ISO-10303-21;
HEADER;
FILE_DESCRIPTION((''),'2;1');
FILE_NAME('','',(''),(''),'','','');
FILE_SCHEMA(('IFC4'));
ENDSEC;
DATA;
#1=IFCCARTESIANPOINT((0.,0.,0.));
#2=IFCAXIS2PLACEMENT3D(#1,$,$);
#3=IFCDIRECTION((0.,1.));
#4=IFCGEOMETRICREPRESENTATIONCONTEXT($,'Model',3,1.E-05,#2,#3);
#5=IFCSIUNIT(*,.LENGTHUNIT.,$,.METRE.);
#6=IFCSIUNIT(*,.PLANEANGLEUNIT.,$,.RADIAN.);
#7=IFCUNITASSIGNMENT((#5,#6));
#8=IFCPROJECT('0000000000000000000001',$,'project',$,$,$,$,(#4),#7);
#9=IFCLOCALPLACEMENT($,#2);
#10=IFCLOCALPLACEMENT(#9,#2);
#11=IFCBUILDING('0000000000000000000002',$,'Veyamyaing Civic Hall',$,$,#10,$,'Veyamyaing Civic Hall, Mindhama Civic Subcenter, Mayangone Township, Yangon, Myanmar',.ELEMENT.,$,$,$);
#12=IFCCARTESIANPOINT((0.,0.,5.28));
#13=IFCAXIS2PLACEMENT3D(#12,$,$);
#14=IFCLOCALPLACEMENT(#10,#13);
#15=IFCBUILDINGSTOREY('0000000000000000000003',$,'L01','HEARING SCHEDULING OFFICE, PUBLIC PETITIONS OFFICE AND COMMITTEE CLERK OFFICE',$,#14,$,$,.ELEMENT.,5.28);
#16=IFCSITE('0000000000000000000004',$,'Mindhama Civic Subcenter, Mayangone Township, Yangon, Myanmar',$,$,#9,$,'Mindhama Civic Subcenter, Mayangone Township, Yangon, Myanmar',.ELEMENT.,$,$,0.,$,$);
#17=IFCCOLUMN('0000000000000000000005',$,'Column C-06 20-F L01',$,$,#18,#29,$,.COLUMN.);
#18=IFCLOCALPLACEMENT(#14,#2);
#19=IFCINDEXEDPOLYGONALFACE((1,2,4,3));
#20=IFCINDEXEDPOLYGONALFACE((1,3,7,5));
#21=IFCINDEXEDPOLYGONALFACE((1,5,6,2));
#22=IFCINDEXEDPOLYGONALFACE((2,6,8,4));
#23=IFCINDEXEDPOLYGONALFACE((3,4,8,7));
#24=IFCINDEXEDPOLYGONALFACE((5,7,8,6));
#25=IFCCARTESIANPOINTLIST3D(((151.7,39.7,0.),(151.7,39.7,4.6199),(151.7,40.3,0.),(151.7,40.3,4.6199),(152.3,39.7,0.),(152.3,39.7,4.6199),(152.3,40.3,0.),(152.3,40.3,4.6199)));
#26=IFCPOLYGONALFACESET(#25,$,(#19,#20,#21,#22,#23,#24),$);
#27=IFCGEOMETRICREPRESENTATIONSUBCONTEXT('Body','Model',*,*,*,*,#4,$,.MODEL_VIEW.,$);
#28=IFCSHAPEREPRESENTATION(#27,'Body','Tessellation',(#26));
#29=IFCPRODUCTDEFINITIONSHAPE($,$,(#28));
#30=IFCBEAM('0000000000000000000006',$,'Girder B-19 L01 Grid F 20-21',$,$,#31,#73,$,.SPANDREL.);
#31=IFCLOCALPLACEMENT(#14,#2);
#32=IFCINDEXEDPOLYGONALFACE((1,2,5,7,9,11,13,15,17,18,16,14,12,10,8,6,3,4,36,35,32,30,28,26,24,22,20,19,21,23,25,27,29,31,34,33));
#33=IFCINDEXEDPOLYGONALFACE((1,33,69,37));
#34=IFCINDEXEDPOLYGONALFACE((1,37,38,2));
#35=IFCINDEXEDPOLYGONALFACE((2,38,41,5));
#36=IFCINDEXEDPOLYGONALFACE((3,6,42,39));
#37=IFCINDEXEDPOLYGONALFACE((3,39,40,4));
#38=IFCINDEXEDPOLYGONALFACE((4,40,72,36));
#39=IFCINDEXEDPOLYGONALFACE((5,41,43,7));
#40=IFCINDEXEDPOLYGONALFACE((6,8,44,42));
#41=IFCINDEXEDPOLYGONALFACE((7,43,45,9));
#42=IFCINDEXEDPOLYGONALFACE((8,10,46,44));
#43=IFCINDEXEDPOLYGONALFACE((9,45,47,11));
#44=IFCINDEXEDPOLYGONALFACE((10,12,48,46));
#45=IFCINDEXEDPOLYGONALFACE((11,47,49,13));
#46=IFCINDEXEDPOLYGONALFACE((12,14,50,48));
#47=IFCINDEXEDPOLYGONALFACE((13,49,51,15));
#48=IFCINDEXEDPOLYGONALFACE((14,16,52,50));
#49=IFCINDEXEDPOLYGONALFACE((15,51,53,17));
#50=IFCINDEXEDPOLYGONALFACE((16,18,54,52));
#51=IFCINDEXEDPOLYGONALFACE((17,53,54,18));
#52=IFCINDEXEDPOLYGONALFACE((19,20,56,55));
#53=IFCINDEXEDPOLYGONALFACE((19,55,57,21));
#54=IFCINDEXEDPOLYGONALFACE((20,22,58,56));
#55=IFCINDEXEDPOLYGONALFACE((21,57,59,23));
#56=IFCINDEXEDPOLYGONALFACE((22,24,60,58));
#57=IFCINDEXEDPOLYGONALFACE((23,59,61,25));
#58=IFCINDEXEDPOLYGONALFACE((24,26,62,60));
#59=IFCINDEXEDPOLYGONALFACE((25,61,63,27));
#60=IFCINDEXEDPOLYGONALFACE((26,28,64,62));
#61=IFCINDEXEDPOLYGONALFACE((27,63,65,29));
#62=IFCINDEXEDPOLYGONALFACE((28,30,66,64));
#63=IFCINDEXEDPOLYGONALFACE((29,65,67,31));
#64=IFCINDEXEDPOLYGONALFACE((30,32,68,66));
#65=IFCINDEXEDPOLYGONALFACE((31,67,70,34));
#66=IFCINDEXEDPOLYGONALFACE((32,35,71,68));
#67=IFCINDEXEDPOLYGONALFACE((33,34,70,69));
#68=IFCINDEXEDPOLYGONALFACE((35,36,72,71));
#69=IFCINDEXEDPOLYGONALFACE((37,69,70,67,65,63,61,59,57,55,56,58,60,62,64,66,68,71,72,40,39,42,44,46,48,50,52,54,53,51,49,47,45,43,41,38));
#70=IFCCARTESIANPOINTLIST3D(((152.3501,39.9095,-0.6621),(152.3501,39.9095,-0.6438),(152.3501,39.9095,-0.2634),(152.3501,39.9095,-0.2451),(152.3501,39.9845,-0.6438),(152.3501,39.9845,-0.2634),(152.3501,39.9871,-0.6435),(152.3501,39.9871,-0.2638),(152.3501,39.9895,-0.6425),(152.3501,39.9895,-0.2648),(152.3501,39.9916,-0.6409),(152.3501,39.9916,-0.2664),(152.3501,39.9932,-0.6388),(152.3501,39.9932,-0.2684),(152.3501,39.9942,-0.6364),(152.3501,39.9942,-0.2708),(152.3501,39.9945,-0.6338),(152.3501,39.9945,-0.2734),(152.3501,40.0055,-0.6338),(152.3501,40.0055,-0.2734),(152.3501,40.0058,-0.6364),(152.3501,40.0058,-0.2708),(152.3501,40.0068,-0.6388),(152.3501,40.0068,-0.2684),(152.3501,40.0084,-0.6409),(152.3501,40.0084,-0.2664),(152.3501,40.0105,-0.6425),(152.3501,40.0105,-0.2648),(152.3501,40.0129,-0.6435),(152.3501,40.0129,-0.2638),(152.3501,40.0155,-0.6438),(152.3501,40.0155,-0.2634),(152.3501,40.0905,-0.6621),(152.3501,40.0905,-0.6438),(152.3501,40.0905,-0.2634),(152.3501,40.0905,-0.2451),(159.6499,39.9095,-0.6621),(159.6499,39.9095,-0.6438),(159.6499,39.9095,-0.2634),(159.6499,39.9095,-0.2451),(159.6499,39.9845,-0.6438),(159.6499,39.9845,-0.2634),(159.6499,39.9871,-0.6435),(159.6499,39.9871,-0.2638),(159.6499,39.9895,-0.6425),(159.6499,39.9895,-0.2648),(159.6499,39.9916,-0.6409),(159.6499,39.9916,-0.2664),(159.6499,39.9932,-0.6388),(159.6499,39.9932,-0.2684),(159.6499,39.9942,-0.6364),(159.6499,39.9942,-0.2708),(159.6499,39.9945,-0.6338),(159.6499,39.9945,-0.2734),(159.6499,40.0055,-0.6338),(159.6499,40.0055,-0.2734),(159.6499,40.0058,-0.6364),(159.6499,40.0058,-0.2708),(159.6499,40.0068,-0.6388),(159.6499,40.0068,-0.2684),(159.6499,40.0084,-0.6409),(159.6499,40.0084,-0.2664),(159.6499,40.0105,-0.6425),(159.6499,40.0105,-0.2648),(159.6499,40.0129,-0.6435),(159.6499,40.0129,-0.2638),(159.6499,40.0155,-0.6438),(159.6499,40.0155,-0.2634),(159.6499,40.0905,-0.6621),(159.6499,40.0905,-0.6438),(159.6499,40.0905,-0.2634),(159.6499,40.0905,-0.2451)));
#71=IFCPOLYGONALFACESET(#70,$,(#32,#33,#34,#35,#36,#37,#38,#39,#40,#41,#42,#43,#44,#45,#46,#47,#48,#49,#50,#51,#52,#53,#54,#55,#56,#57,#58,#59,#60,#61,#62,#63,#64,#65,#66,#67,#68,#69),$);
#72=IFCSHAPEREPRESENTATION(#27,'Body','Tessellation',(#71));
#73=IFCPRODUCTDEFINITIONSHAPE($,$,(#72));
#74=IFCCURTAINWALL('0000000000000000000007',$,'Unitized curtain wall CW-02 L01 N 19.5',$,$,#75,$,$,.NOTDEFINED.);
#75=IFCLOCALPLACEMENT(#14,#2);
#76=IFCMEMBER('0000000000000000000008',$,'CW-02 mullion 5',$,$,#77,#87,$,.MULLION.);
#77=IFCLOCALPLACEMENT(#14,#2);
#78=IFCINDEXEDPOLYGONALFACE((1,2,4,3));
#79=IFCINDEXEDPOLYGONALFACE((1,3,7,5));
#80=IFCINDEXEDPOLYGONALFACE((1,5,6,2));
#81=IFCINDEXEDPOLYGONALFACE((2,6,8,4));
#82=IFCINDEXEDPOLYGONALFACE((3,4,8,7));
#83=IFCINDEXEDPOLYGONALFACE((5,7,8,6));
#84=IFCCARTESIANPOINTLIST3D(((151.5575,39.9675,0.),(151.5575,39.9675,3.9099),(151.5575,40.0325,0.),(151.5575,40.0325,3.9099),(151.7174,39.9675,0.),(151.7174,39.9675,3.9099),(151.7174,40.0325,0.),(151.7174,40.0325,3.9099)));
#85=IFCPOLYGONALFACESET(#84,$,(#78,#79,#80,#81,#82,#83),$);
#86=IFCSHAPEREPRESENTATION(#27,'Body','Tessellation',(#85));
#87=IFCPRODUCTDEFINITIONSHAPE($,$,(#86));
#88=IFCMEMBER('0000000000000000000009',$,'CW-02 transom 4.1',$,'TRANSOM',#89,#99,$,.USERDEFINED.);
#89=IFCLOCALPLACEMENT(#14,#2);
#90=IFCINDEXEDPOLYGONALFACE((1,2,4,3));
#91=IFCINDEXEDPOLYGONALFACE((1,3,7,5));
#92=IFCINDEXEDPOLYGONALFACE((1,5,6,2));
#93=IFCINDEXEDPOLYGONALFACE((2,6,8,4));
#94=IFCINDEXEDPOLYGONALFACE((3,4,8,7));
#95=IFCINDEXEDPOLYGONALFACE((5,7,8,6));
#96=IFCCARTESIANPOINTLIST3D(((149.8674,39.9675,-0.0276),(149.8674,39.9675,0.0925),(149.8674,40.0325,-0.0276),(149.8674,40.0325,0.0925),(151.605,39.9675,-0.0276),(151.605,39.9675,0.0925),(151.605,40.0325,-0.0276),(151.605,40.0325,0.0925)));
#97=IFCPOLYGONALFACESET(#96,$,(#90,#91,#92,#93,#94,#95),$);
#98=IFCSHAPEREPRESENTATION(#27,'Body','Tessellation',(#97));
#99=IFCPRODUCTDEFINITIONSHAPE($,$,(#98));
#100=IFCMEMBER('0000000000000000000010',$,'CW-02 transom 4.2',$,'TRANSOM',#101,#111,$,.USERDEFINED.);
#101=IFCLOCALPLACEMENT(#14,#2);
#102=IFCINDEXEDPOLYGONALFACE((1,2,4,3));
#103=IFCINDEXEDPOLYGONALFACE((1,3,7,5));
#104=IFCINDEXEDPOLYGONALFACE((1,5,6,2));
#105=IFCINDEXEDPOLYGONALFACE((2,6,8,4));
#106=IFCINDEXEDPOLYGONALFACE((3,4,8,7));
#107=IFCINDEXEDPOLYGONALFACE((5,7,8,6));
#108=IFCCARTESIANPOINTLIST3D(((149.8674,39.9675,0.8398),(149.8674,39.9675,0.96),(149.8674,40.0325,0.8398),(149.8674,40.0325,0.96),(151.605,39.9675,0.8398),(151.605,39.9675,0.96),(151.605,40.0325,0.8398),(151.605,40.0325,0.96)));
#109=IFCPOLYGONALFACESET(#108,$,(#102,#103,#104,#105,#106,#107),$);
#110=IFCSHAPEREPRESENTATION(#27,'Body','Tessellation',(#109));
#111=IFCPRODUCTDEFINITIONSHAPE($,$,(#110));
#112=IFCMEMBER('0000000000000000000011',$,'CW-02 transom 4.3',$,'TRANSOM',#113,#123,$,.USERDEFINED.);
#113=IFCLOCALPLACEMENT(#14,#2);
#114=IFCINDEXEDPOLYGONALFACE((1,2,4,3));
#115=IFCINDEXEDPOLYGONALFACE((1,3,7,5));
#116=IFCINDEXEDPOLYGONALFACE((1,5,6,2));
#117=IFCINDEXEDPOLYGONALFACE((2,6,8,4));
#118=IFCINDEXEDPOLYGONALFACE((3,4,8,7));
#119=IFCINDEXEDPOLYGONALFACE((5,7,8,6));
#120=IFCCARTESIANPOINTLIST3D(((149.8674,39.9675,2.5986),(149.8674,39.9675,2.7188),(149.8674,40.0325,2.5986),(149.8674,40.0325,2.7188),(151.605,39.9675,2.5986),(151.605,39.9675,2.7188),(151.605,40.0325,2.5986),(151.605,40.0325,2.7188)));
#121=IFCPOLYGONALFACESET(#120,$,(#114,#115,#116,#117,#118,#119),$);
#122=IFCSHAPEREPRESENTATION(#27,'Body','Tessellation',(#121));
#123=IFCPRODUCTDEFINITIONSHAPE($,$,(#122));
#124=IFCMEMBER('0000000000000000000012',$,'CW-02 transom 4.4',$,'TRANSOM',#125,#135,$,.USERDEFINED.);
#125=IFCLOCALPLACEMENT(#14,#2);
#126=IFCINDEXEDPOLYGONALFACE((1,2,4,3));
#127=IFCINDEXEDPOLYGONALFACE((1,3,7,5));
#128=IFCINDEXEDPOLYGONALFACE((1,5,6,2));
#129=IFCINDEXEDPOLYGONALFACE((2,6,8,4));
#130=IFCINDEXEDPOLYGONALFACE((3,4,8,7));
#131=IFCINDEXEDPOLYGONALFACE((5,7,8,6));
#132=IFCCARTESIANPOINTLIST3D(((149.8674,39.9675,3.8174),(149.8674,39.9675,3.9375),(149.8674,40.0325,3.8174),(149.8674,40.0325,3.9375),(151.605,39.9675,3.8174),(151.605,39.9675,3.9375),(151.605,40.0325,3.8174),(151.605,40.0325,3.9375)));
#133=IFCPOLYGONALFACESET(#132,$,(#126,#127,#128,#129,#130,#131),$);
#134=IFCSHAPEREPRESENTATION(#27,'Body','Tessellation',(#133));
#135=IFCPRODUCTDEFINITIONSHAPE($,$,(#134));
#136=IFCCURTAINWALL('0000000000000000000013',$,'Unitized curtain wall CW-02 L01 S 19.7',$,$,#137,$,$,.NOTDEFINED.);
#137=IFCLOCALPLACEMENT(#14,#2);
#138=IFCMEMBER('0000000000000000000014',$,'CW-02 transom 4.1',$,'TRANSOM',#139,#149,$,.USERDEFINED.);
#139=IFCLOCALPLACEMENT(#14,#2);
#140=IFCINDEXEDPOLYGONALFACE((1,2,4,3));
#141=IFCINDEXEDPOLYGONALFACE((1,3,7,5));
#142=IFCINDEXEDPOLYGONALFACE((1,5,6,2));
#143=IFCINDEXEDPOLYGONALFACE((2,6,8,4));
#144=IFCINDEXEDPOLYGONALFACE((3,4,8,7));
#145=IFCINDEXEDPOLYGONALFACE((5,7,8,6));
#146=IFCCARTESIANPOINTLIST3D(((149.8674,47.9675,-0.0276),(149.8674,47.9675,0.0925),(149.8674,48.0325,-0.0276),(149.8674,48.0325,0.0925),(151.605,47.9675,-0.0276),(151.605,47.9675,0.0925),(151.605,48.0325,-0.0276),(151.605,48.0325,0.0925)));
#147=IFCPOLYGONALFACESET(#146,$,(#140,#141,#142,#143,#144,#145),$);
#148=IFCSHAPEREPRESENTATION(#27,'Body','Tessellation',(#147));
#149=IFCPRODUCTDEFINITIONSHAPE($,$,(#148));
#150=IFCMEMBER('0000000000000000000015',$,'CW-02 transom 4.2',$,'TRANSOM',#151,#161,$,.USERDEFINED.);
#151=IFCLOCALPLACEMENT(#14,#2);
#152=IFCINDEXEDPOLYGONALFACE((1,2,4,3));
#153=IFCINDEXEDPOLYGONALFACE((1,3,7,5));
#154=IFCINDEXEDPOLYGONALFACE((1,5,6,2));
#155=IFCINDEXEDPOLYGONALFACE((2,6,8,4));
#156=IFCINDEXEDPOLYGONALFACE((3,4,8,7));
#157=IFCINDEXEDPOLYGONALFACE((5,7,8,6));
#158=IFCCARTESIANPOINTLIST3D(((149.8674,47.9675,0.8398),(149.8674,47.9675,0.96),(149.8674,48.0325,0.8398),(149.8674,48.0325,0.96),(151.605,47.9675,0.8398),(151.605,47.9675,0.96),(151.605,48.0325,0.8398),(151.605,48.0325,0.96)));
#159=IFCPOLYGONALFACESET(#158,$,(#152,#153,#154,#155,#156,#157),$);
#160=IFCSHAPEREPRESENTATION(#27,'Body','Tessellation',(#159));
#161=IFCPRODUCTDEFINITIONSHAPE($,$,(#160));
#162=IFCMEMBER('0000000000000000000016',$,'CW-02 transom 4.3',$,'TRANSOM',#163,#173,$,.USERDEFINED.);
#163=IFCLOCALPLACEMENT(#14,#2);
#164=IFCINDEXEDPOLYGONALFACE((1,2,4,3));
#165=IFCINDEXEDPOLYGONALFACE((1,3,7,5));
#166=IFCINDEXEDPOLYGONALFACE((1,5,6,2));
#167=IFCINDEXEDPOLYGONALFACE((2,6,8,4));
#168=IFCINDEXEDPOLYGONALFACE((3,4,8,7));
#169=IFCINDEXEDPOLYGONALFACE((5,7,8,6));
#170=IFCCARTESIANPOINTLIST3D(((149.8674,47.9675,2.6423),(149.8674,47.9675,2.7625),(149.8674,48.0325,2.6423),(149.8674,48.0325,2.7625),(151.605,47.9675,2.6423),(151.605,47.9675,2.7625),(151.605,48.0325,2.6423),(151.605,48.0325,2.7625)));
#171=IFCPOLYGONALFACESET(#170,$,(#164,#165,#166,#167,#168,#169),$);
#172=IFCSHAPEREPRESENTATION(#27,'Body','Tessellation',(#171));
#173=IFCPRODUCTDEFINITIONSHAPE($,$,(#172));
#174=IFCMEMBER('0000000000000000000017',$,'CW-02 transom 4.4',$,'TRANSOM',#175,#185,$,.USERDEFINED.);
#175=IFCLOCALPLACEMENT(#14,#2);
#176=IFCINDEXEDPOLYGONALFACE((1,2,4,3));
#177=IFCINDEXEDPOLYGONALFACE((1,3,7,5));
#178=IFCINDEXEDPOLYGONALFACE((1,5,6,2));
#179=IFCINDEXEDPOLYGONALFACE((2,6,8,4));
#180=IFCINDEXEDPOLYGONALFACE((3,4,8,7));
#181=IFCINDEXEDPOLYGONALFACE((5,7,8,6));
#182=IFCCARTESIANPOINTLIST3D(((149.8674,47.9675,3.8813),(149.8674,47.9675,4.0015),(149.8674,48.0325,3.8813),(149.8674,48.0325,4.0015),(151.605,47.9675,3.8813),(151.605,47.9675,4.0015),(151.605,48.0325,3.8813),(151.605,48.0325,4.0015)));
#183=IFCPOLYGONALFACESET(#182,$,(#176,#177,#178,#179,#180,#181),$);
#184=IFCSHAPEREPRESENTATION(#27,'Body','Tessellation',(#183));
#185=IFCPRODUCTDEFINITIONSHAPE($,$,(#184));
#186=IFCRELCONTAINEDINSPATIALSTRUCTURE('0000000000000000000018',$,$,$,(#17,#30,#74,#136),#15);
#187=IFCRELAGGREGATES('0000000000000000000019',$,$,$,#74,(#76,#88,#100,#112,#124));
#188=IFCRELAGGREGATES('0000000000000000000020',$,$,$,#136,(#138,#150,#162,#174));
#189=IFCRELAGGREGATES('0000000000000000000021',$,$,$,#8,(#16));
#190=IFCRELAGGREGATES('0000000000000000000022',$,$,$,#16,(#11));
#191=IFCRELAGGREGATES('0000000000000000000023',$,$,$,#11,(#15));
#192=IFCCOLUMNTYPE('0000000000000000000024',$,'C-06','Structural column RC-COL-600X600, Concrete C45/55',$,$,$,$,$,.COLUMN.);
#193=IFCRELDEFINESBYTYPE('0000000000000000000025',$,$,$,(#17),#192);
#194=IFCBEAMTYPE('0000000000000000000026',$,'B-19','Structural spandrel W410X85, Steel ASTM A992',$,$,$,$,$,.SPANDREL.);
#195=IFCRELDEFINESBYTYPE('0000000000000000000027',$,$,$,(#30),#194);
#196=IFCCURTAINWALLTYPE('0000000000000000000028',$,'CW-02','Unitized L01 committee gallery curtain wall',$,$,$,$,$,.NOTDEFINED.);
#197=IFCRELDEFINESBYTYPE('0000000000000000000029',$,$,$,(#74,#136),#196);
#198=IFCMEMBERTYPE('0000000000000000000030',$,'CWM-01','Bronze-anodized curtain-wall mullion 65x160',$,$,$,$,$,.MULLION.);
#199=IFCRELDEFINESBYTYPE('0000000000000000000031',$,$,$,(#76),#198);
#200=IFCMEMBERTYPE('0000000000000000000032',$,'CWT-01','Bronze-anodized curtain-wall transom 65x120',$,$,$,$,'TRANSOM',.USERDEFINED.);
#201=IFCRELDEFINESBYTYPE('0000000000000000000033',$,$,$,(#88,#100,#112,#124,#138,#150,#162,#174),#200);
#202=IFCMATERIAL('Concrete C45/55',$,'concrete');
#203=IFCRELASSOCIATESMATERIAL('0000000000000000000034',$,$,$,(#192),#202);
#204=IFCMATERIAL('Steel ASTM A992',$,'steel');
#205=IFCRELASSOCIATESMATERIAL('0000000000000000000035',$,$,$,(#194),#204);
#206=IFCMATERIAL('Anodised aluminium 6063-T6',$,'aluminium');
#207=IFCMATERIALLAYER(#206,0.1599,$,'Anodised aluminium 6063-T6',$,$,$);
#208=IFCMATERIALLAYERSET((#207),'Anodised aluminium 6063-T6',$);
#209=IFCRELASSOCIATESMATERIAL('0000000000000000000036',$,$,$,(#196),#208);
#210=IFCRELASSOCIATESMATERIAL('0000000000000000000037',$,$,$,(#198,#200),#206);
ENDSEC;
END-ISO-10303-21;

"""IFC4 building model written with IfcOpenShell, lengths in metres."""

from ifc_helpers import new_model, si_unit, direction, frame, origin, origin_2d, place, context, subcontext, project, spatial, rectangle, i_section, extrude, material, layer, layer_set, material_profile, profile_set, type_object, element, aggregate, save


model = new_model("IFC4")

# Units and contexts
model_context = context("Model", 3, precision=1e-05, world=origin(), true_north=direction((0.0, 1.0)))
body_context = subcontext(model_context, "Body", "Model", "MODEL_VIEW")
ifc_project = project(units=[si_unit("LENGTHUNIT", "METRE"), si_unit("PLANEANGLEUNIT", "RADIAN")], contexts=[model_context])

# Site, building, storey
site_placement = place(None, origin())
site = spatial("IfcSite", under=ifc_project, at=site_placement, Name="Mindhama Civic Subcenter, Mayangone Township, Yangon, Myanmar", LongName="Mindhama Civic Subcenter, Mayangone Township, Yangon, Myanmar", CompositionType="ELEMENT", RefElevation=0.0)
building_placement = place(site_placement, origin())
building = spatial("IfcBuilding", under=site, at=building_placement, Name="Veyamyaing Civic Hall", LongName="Veyamyaing Civic Hall, Mindhama Civic Subcenter, Mayangone Township, Yangon, Myanmar", CompositionType="ELEMENT")
storey_placement = place(building_placement, frame((0.0, 0.0, 5.28)))
storey = spatial("IfcBuildingStorey", under=building, at=storey_placement, Name="L01", Description="HEARING SCHEDULING OFFICE, PUBLIC PETITIONS OFFICE AND COMMITTEE CLERK OFFICE", CompositionType="ELEMENT", Elevation=5.28)

# Column
ifc_material_1 = material(Name="Concrete C45/55", Category="concrete")
ifc_material_profile_1 = material_profile(ifc_material_1, rectangle(XDim=0.6001, YDim=0.6001, at=origin_2d()), Name="RC-COL-600X600")
ifc_profile_set_1 = profile_set([ifc_material_profile_1], Name="Concrete C45/55")
column_type = type_object("IfcColumnType", Name="C-06", Description="Structural column RC-COL-600X600, Concrete C45/55", PredefinedType="COLUMN", material=ifc_profile_set_1)
column_placement = place(storey_placement, frame((152.0, 40.0, 0.0), z_axis=(0.0, 0.0, 1.0), x_axis=(1.0, 0.0, 0.0)))
element("IfcColumn", 1, at=column_placement, inside=storey, type_object=column_type, Name="Column C-06 20-F L01", PredefinedType="COLUMN", context=body_context, shape_type="SweptSolid", body=[
    extrude(rectangle(XDim=0.6001, YDim=0.6001, at=origin_2d()), origin(), (0.0, 0.0, 1.0), 4.6199),
])

# Beam
ifc_material_2 = material(Name="Steel ASTM A992", Category="steel")
ifc_material_profile_2 = material_profile(ifc_material_2, i_section(OverallWidth=0.1809, OverallDepth=0.417, WebThickness=0.011, FlangeThickness=0.0183, FilletRadius=0.01, at=origin_2d()), Name="W410X85")
ifc_profile_set_2 = profile_set([ifc_material_profile_2], Name="Steel ASTM A992")
beam_type = type_object("IfcBeamType", Name="B-19", Description="Structural spandrel W410X85, Steel ASTM A992", PredefinedType="SPANDREL", material=ifc_profile_set_2)
beam_placement = place(storey_placement, frame((152.3501, 40.0, -0.4536), z_axis=(1.0, 0.0, 0.0), x_axis=(0.0, 1.0, 0.0)))
element("IfcBeam", 2, at=beam_placement, inside=storey, type_object=beam_type, Name="Girder B-19 L01 Grid F 20-21", PredefinedType="SPANDREL", context=body_context, shape_type="SweptSolid", body=[
    extrude(i_section(OverallWidth=0.1809, OverallDepth=0.417, WebThickness=0.011, FlangeThickness=0.0183, FilletRadius=0.01, at=origin_2d()), origin(), (0.0, 0.0, 1.0), 7.2998),
])

# Curtain walls, members
ifc_material_3 = material(Name="Anodised aluminium 6063-T6", Category="aluminium")
ifc_layer_1 = layer(ifc_material_3, 0.1599, Name="Anodised aluminium 6063-T6")
ifc_layer_set_1 = layer_set([ifc_layer_1], Name="Anodised aluminium 6063-T6")
curtain_wall_type = type_object("IfcCurtainWallType", Name="CW-02", Description="Unitized L01 committee gallery curtain wall", PredefinedType="NOTDEFINED", material=ifc_layer_set_1)
curtain_wall_1_placement = place(storey_placement, origin())
curtain_wall_1 = element("IfcCurtainWall", 3, at=curtain_wall_1_placement, inside=storey, type_object=curtain_wall_type, Name="Unitized curtain wall CW-02 L01 N 19.5", PredefinedType="NOTDEFINED")
ifc_material_profile_3 = material_profile(ifc_material_3, rectangle(XDim=0.0649, YDim=0.1599, at=origin_2d()), Name="ALU-MUL-65X160")
ifc_profile_set_3 = profile_set([ifc_material_profile_3], Name="Anodised aluminium 6063-T6")
member_type_1 = type_object("IfcMemberType", Name="CWM-01", Description="Bronze-anodized curtain-wall mullion 65x160", PredefinedType="MULLION", material=ifc_profile_set_3)
member_1_placement = place(storey_placement, frame((151.6375, 40.0, 0.0), z_axis=(0.0, 0.0, 1.0), x_axis=(0.0, 1.0, 0.0)))
member_1 = element("IfcMember", 4, at=member_1_placement, type_object=member_type_1, Name="CW-02 mullion 5", PredefinedType="MULLION", context=body_context, shape_type="SweptSolid", body=[
    extrude(rectangle(XDim=0.0649, YDim=0.1599, at=origin_2d()), origin(), (0.0, 0.0, 1.0), 3.9099),
])
ifc_material_profile_4 = material_profile(ifc_material_3, rectangle(XDim=0.0649, YDim=0.1201, at=origin_2d()), Name="ALU-TRN-65X120")
ifc_profile_set_4 = profile_set([ifc_material_profile_4], Name="Anodised aluminium 6063-T6")
member_type_2 = type_object("IfcMemberType", Name="CWT-01", Description="Bronze-anodized curtain-wall transom 65x120", ElementType="TRANSOM", PredefinedType="USERDEFINED", material=ifc_profile_set_4)
member_2_placement = place(storey_placement, frame((149.8674, 40.0, 0.0325), z_axis=(1.0, 0.0, 0.0), x_axis=(0.0, 1.0, 0.0)))
member_2 = element("IfcMember", 5, at=member_2_placement, type_object=member_type_2, Name="CW-02 transom 4.1", ObjectType="TRANSOM", PredefinedType="USERDEFINED", context=body_context, shape_type="SweptSolid", body=[
    extrude(rectangle(XDim=0.0649, YDim=0.1201, at=origin_2d()), origin(), (0.0, 0.0, 1.0), 1.7375),
])
member_3_placement = place(storey_placement, frame((149.8674, 40.0, 0.8999), z_axis=(1.0, 0.0, 0.0), x_axis=(0.0, 1.0, 0.0)))
member_3 = element("IfcMember", 6, at=member_3_placement, type_object=member_type_2, Name="CW-02 transom 4.2", ObjectType="TRANSOM", PredefinedType="USERDEFINED", context=body_context, shape_type="SweptSolid", body=[
    extrude(rectangle(XDim=0.0649, YDim=0.1201, at=origin_2d()), origin(), (0.0, 0.0, 1.0), 1.7375),
])
member_4_placement = place(storey_placement, frame((149.8674, 40.0, 2.6587), z_axis=(1.0, 0.0, 0.0), x_axis=(0.0, 1.0, 0.0)))
member_4 = element("IfcMember", 7, at=member_4_placement, type_object=member_type_2, Name="CW-02 transom 4.3", ObjectType="TRANSOM", PredefinedType="USERDEFINED", context=body_context, shape_type="SweptSolid", body=[
    extrude(rectangle(XDim=0.0649, YDim=0.1201, at=origin_2d()), origin(), (0.0, 0.0, 1.0), 1.7375),
])
member_5_placement = place(storey_placement, frame((149.8674, 40.0, 3.8774), z_axis=(1.0, 0.0, 0.0), x_axis=(0.0, 1.0, 0.0)))
member_5 = element("IfcMember", 8, at=member_5_placement, type_object=member_type_2, Name="CW-02 transom 4.4", ObjectType="TRANSOM", PredefinedType="USERDEFINED", context=body_context, shape_type="SweptSolid", body=[
    extrude(rectangle(XDim=0.0649, YDim=0.1201, at=origin_2d()), origin(), (0.0, 0.0, 1.0), 1.7375),
])
curtain_wall_2_placement = place(storey_placement, origin())
curtain_wall_2 = element("IfcCurtainWall", 9, at=curtain_wall_2_placement, inside=storey, type_object=curtain_wall_type, Name="Unitized curtain wall CW-02 L01 S 19.7", PredefinedType="NOTDEFINED")
member_6_placement = place(storey_placement, frame((149.8674, 48.0, 0.0325), z_axis=(1.0, 0.0, 0.0), x_axis=(0.0, 1.0, 0.0)))
member_6 = element("IfcMember", 10, at=member_6_placement, type_object=member_type_2, Name="CW-02 transom 4.1", ObjectType="TRANSOM", PredefinedType="USERDEFINED", context=body_context, shape_type="SweptSolid", body=[
    extrude(rectangle(XDim=0.0649, YDim=0.1201, at=origin_2d()), origin(), (0.0, 0.0, 1.0), 1.7375),
])
member_7_placement = place(storey_placement, frame((149.8674, 48.0, 0.8999), z_axis=(1.0, 0.0, 0.0), x_axis=(0.0, 1.0, 0.0)))
member_7 = element("IfcMember", 11, at=member_7_placement, type_object=member_type_2, Name="CW-02 transom 4.2", ObjectType="TRANSOM", PredefinedType="USERDEFINED", context=body_context, shape_type="SweptSolid", body=[
    extrude(rectangle(XDim=0.0649, YDim=0.1201, at=origin_2d()), origin(), (0.0, 0.0, 1.0), 1.7375),
])
member_8_placement = place(storey_placement, frame((149.8674, 48.0, 2.7024), z_axis=(1.0, 0.0, 0.0), x_axis=(0.0, 1.0, 0.0)))
member_8 = element("IfcMember", 12, at=member_8_placement, type_object=member_type_2, Name="CW-02 transom 4.3", ObjectType="TRANSOM", PredefinedType="USERDEFINED", context=body_context, shape_type="SweptSolid", body=[
    extrude(rectangle(XDim=0.0649, YDim=0.1201, at=origin_2d()), origin(), (0.0, 0.0, 1.0), 1.7375),
])
member_9_placement = place(storey_placement, frame((149.8674, 48.0, 3.9414), z_axis=(1.0, 0.0, 0.0), x_axis=(0.0, 1.0, 0.0)))
member_9 = element("IfcMember", 13, at=member_9_placement, type_object=member_type_2, Name="CW-02 transom 4.4", ObjectType="TRANSOM", PredefinedType="USERDEFINED", context=body_context, shape_type="SweptSolid", body=[
    extrude(rectangle(XDim=0.0649, YDim=0.1201, at=origin_2d()), origin(), (0.0, 0.0, 1.0), 1.7375),
])

aggregate(curtain_wall_1, [member_1, member_2, member_3, member_4, member_5])
aggregate(curtain_wall_2, [member_6, member_7, member_8, member_9])

save(model, "model.ifc")
